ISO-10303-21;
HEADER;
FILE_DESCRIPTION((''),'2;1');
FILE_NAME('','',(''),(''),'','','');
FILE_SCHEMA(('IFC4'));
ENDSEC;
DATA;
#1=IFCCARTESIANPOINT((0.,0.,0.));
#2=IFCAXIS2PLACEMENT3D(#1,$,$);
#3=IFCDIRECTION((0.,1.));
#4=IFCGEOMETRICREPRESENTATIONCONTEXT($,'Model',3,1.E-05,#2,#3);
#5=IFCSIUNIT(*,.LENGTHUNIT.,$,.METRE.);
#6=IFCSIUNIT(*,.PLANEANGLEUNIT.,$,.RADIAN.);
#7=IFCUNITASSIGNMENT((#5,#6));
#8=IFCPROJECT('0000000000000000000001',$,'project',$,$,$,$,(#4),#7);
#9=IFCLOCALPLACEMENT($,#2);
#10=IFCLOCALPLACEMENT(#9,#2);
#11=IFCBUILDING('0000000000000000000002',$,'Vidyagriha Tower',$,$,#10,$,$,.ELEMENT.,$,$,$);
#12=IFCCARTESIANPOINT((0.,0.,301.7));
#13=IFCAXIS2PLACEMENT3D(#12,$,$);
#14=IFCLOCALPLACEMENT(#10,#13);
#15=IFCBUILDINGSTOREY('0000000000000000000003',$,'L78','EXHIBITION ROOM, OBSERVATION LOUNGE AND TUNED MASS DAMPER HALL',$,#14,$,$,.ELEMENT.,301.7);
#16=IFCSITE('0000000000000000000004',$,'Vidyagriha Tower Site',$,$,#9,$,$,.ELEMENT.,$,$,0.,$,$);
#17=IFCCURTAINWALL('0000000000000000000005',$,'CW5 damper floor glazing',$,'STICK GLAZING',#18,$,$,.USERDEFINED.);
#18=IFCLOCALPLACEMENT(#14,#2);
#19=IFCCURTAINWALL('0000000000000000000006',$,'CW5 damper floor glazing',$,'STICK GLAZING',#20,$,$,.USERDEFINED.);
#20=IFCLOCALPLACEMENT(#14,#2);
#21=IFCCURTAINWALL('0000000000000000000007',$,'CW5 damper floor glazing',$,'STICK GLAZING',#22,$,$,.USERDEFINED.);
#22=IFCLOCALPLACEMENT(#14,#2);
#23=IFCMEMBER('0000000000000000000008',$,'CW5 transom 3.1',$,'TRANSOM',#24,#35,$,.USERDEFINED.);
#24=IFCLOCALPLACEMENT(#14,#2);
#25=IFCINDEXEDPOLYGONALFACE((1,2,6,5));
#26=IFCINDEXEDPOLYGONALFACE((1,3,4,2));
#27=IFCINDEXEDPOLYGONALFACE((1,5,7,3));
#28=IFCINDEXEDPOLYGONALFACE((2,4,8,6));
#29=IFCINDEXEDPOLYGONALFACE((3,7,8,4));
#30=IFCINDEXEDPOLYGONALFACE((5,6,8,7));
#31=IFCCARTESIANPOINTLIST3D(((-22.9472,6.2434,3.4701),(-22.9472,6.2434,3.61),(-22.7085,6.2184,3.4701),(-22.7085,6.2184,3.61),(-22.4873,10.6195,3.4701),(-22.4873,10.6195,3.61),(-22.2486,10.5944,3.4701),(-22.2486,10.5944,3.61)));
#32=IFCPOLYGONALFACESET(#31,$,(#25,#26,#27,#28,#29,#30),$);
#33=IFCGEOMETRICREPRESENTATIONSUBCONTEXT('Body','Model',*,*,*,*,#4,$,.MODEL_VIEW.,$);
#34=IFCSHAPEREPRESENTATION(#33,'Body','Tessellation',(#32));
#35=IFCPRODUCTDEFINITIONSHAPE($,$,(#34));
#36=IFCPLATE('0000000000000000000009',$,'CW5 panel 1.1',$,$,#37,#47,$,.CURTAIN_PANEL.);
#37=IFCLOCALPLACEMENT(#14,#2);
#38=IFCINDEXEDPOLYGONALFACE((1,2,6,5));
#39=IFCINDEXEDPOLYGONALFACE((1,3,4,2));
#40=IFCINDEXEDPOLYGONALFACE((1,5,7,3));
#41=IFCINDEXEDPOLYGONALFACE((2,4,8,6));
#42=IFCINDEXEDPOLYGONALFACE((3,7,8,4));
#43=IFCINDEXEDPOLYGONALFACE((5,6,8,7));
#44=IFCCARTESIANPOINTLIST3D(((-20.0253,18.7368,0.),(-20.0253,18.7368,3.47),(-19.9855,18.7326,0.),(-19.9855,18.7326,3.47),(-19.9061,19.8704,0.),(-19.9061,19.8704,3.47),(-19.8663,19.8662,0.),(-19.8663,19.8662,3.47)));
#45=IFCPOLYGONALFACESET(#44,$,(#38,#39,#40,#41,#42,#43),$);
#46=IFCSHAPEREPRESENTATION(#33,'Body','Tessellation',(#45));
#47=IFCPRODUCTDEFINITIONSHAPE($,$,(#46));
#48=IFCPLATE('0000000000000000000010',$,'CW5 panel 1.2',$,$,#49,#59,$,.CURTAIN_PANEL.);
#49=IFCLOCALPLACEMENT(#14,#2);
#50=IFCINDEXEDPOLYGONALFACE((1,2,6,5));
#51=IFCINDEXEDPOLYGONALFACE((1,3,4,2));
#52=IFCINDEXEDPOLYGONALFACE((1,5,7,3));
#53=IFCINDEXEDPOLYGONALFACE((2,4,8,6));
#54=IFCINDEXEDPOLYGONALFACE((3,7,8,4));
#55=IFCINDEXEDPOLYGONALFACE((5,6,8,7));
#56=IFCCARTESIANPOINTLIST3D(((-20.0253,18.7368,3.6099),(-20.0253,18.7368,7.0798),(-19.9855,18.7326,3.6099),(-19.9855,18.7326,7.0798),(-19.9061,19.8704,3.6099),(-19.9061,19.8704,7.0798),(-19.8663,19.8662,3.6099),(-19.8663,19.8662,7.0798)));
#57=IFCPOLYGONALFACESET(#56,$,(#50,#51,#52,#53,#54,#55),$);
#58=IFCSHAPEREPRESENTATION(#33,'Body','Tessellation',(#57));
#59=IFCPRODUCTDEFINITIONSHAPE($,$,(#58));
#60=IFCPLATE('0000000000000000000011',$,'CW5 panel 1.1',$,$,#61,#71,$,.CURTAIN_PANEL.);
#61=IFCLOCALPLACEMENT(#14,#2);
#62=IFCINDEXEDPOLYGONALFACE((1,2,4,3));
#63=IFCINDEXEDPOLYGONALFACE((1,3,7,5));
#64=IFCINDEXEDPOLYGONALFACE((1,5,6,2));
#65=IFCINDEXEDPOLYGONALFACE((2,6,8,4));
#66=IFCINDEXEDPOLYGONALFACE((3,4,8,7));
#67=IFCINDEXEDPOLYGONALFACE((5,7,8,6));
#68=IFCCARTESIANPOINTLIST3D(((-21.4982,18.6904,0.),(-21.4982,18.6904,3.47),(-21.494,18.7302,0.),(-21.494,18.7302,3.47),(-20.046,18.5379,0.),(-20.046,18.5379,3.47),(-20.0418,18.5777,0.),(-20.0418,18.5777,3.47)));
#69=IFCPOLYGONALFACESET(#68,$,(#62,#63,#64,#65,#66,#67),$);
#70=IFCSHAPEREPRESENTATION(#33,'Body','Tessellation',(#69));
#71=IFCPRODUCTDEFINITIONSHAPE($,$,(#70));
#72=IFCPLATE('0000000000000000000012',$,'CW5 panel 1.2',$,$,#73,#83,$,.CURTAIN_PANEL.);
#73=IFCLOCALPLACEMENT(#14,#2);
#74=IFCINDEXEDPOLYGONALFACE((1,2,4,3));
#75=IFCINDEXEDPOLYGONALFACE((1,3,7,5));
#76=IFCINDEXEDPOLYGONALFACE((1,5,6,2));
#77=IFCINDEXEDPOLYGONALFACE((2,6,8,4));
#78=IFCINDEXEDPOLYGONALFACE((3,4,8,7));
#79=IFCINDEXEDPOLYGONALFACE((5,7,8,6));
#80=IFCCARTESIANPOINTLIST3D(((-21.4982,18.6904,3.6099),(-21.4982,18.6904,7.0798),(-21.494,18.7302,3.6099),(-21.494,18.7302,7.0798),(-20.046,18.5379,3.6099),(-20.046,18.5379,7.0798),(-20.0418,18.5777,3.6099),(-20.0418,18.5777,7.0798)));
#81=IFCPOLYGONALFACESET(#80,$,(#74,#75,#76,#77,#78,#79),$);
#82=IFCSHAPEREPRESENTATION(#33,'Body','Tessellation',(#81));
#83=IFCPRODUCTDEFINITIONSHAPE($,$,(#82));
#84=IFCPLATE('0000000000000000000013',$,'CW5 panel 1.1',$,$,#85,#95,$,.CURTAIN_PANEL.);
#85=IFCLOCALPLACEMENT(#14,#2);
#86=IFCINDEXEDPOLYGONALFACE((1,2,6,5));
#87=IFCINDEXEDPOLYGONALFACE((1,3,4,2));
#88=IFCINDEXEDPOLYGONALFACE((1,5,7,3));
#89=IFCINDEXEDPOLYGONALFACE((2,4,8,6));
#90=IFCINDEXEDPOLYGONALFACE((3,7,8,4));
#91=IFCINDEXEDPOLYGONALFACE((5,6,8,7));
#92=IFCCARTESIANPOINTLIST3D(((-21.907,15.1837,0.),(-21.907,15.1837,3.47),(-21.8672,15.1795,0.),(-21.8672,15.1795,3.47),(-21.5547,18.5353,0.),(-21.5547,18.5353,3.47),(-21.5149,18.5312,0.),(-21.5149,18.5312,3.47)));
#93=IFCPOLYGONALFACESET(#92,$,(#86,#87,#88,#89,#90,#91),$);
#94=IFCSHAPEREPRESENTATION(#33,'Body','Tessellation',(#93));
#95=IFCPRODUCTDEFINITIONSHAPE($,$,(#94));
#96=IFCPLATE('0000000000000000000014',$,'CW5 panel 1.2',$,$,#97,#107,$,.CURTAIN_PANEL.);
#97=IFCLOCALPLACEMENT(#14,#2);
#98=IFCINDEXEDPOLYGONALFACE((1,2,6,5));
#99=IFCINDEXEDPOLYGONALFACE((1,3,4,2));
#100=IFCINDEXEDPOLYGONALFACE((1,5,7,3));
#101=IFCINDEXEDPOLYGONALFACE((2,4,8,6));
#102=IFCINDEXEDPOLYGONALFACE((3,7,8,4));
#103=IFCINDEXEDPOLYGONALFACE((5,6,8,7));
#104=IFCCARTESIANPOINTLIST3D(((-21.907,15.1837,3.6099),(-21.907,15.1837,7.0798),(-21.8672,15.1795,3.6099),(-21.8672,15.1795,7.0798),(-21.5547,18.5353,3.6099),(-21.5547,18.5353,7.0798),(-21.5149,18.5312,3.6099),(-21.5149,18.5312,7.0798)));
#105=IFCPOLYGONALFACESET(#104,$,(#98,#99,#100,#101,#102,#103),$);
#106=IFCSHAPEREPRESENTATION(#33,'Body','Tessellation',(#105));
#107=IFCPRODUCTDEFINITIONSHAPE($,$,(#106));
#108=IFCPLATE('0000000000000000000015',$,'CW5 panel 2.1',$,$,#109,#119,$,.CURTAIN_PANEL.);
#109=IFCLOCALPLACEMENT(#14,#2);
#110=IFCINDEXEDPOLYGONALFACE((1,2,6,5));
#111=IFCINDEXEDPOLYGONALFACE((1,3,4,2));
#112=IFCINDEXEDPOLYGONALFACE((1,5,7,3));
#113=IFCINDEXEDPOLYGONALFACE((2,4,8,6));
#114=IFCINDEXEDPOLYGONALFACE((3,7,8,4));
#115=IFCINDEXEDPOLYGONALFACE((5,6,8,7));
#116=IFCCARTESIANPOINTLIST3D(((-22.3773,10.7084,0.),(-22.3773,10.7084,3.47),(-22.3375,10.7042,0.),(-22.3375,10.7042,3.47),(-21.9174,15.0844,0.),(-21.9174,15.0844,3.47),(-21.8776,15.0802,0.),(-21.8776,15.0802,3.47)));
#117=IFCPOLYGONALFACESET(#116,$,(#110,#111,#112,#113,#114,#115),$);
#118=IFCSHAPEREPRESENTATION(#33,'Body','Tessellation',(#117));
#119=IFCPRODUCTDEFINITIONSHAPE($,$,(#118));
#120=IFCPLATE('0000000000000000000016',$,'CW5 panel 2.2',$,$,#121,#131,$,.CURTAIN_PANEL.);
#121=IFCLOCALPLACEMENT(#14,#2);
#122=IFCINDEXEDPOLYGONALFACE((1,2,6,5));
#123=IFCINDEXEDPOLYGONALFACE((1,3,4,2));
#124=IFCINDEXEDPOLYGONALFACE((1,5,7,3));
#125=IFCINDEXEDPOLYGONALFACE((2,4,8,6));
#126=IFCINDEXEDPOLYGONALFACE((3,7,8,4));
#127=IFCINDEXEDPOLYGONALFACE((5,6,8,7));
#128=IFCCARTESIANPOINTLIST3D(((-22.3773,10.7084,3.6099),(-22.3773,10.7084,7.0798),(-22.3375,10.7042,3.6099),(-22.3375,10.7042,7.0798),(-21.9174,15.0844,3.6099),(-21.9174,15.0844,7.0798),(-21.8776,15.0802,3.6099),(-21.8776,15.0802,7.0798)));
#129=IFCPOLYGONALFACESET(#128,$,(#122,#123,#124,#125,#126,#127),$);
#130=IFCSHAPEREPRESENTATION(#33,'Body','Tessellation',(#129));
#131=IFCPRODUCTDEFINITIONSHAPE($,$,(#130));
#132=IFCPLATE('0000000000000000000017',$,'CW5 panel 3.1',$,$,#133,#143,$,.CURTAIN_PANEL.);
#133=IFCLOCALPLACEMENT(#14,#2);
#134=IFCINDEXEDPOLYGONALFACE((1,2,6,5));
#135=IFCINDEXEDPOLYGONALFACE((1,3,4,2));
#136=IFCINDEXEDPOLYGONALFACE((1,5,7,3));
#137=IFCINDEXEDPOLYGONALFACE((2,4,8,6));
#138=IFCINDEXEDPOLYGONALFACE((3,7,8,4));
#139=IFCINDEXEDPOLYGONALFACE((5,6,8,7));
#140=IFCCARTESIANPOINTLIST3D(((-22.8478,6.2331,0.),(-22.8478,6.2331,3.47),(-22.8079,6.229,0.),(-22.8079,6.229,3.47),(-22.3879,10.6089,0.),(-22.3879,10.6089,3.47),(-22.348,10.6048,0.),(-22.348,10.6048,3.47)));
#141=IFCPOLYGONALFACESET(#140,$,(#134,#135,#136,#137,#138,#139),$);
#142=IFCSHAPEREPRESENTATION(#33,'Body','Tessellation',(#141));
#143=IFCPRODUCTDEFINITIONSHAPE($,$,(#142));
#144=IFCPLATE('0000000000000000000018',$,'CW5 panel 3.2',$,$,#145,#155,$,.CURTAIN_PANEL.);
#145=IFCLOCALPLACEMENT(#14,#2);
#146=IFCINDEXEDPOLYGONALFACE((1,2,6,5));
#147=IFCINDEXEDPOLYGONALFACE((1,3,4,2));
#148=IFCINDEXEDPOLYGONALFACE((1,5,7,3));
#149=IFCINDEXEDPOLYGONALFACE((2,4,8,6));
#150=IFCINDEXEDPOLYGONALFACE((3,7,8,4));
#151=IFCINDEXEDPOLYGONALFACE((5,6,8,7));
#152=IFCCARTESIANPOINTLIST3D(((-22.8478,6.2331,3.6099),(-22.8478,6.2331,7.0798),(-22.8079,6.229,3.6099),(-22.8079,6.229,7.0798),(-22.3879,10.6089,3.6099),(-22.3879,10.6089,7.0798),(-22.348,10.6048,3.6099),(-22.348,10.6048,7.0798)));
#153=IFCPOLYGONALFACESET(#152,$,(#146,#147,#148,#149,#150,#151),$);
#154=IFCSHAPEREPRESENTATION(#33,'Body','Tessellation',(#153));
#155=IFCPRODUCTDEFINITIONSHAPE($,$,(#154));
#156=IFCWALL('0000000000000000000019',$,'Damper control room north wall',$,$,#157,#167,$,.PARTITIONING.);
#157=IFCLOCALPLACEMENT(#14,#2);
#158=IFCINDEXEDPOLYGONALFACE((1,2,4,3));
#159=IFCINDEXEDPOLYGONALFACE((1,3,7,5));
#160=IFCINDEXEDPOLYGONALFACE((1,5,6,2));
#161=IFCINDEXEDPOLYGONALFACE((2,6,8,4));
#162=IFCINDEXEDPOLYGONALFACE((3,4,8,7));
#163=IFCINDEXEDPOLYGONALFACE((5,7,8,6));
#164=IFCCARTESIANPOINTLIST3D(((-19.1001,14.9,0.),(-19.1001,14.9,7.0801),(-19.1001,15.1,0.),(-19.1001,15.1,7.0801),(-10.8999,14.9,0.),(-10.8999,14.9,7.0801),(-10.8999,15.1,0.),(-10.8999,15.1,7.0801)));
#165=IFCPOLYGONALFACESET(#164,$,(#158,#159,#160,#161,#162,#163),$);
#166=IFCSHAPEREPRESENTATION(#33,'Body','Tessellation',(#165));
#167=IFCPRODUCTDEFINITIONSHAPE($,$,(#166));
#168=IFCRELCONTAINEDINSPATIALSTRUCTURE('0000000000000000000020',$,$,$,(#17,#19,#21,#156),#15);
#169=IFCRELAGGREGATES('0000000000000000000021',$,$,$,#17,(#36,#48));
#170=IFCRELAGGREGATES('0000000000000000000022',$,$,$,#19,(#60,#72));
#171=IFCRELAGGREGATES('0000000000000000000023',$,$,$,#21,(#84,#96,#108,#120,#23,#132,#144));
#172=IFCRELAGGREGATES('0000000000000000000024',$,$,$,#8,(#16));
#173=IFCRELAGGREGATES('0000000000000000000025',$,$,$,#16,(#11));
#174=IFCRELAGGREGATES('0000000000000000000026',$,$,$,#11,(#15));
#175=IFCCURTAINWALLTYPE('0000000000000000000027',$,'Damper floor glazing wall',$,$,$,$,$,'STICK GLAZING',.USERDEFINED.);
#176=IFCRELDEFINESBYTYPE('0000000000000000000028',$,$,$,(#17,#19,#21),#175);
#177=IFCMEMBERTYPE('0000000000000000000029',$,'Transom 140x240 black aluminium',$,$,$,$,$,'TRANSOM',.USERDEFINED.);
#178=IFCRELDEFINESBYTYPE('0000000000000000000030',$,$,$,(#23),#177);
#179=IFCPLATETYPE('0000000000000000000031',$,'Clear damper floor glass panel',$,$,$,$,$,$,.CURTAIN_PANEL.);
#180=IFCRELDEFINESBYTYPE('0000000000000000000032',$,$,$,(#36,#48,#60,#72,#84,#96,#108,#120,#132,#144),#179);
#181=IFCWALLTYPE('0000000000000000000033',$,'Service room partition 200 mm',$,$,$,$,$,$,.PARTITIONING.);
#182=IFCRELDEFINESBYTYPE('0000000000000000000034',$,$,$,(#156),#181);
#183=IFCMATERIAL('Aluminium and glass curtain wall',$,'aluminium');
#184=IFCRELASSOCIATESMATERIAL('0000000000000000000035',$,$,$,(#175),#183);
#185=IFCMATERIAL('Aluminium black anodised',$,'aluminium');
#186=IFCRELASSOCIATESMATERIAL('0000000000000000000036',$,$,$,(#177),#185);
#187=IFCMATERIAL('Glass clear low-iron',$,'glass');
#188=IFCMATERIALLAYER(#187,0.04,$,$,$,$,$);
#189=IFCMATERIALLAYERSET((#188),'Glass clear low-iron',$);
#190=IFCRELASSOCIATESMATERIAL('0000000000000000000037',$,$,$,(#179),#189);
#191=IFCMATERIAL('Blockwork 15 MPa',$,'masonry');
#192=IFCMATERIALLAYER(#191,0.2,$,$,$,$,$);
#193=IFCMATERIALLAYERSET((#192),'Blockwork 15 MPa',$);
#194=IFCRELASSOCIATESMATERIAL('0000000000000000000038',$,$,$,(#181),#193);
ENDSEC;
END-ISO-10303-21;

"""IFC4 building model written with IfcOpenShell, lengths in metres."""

from ifc_helpers import new_model, si_unit, direction, frame, frame_2d, origin, origin_2d, place, context, subcontext, project, spatial, rectangle, extrude, material, layer, layer_set, material_profile, profile_set, type_object, element, aggregate, save


model = new_model("IFC4")

# Units and contexts
model_context = context("Model", 3, precision=1e-05, world=origin(), true_north=direction((0.0, 1.0)))
body_context = subcontext(model_context, "Body", "Model", "MODEL_VIEW")
ifc_project = project(units=[si_unit("LENGTHUNIT", "METRE"), si_unit("PLANEANGLEUNIT", "RADIAN")], contexts=[model_context])

# Site, building, storey
site_placement = place(None, origin())
site = spatial("IfcSite", under=ifc_project, at=site_placement, Name="Vidyagriha Tower Site", CompositionType="ELEMENT", RefElevation=0.0)
building_placement = place(site_placement, origin())
building = spatial("IfcBuilding", under=site, at=building_placement, Name="Vidyagriha Tower", CompositionType="ELEMENT")
storey_placement = place(building_placement, frame((0.0, 0.0, 301.7)))
storey = spatial("IfcBuildingStorey", under=building, at=storey_placement, Name="L78", Description="EXHIBITION ROOM, OBSERVATION LOUNGE AND TUNED MASS DAMPER HALL", CompositionType="ELEMENT", Elevation=301.7)

# Curtain wall
ifc_material_1 = material(Name="Aluminium and glass curtain wall", Category="aluminium")
curtain_wall_type = type_object("IfcCurtainWallType", Name="Damper floor glazing wall", ElementType="STICK GLAZING", PredefinedType="USERDEFINED", material=ifc_material_1)
curtain_wall_1_placement = place(storey_placement, origin())
curtain_wall_1 = element("IfcCurtainWall", 1, at=curtain_wall_1_placement, inside=storey, type_object=curtain_wall_type, Name="CW5 damper floor glazing", ObjectType="STICK GLAZING", PredefinedType="USERDEFINED")

# Curtain walls
curtain_wall_2_placement = place(storey_placement, origin())
curtain_wall_2 = element("IfcCurtainWall", 2, at=curtain_wall_2_placement, inside=storey, type_object=curtain_wall_type, Name="CW5 damper floor glazing", ObjectType="STICK GLAZING", PredefinedType="USERDEFINED")
curtain_wall_3_placement = place(storey_placement, origin())
curtain_wall_3 = element("IfcCurtainWall", 3, at=curtain_wall_3_placement, inside=storey, type_object=curtain_wall_type, Name="CW5 damper floor glazing", ObjectType="STICK GLAZING", PredefinedType="USERDEFINED")

# Member
ifc_material_2 = material(Name="Aluminium black anodised", Category="aluminium")
ifc_material_profile_1 = material_profile(ifc_material_2, rectangle(XDim=0.24, YDim=0.1399, at=origin_2d()), Name="Transom 140x240 black aluminium")
ifc_profile_set_1 = profile_set([ifc_material_profile_1], Name="Aluminium black anodised")
member_type_1 = type_object("IfcMemberType", Name="Transom 140x240 black aluminium", ElementType="TRANSOM", PredefinedType="USERDEFINED", material=ifc_profile_set_1)
member_1_placement = place(storey_placement, frame((-22.3679, 10.6069, 3.54), z_axis=(-0.104535, -0.994521, 0.0), x_axis=(0.994521, -0.104535, 0.0)))
member_1 = element("IfcMember", 4, at=member_1_placement, type_object=member_type_1, Name="CW5 transom 3.1", ObjectType="TRANSOM", PredefinedType="USERDEFINED", context=body_context, shape_type="SweptSolid", body=[
    extrude(rectangle(XDim=0.24, YDim=0.1399, at=origin_2d()), origin(), (0.0, 0.0, 1.0), 4.4001),
])

# Plates
ifc_material_3 = material(Name="Glass clear low-iron", Category="glass")
ifc_layer_1 = layer(ifc_material_3, 0.04)
ifc_layer_set_1 = layer_set([ifc_layer_1], Name="Glass clear low-iron")
plate_type = type_object("IfcPlateType", Name="Clear damper floor glass panel", PredefinedType="CURTAIN_PANEL", material=ifc_layer_set_1)
plate_1_placement = place(storey_placement, frame((-19.9458, 19.3015, 0.0), z_axis=(0.0, 0.0, 1.0), x_axis=(-0.104564, -0.994518, 0.0)))
plate_1 = element("IfcPlate", 5, at=plate_1_placement, type_object=plate_type, Name="CW5 panel 1.1", PredefinedType="CURTAIN_PANEL", context=body_context, shape_type="SweptSolid", body=[
    extrude(rectangle(XDim=1.1399, YDim=0.04, at=origin_2d()), origin(), (0.0, 0.0, 1.0), 3.47),
])
plate_2_placement = place(storey_placement, frame((-19.9458, 19.3015, 3.6099), z_axis=(0.0, 0.0, 1.0), x_axis=(-0.104564, -0.994518, 0.0)))
plate_2 = element("IfcPlate", 6, at=plate_2_placement, type_object=plate_type, Name="CW5 panel 1.2", PredefinedType="CURTAIN_PANEL", context=body_context, shape_type="SweptSolid", body=[
    extrude(rectangle(XDim=1.1399, YDim=0.04, at=origin_2d()), origin(), (0.0, 0.0, 1.0), 3.47),
])
aggregate(curtain_wall_1, [plate_1, plate_2])
plate_3_placement = place(storey_placement, frame((-20.77, 18.634, 0.0), z_axis=(0.0, 0.0, 1.0), x_axis=(-0.99453, 0.104453, 0.0)))
plate_3 = element("IfcPlate", 7, at=plate_3_placement, type_object=plate_type, Name="CW5 panel 1.1", PredefinedType="CURTAIN_PANEL", context=body_context, shape_type="SweptSolid", body=[
    extrude(rectangle(XDim=1.4602, YDim=0.04, at=origin_2d()), origin(), (0.0, 0.0, 1.0), 3.47),
])
plate_4_placement = place(storey_placement, frame((-20.77, 18.634, 3.6099), z_axis=(0.0, 0.0, 1.0), x_axis=(-0.99453, 0.104453, 0.0)))
plate_4 = element("IfcPlate", 8, at=plate_4_placement, type_object=plate_type, Name="CW5 panel 1.2", PredefinedType="CURTAIN_PANEL", context=body_context, shape_type="SweptSolid", body=[
    extrude(rectangle(XDim=1.4602, YDim=0.04, at=origin_2d()), origin(), (0.0, 0.0, 1.0), 3.47),
])
aggregate(curtain_wall_2, [plate_3, plate_4])
plate_5_placement = place(storey_placement, frame((-21.7109, 16.8574, 0.0), z_axis=(0.0, 0.0, 1.0), x_axis=(-0.104527, -0.994522, 0.0)))
plate_5 = element("IfcPlate", 9, at=plate_5_placement, type_object=plate_type, Name="CW5 panel 1.1", PredefinedType="CURTAIN_PANEL", context=body_context, shape_type="SweptSolid", body=[
    extrude(rectangle(XDim=3.3701, YDim=0.04, at=origin_2d()), origin(), (0.0, 0.0, 1.0), 3.47),
])
plate_6_placement = place(storey_placement, frame((-21.7109, 16.8574, 3.6099), z_axis=(0.0, 0.0, 1.0), x_axis=(-0.104527, -0.994522, 0.0)))
plate_6 = element("IfcPlate", 10, at=plate_6_placement, type_object=plate_type, Name="CW5 panel 1.2", PredefinedType="CURTAIN_PANEL", context=body_context, shape_type="SweptSolid", body=[
    extrude(rectangle(XDim=3.3701, YDim=0.04, at=origin_2d()), origin(), (0.0, 0.0, 1.0), 3.47),
])
plate_7_placement = place(storey_placement, frame((-22.1274, 12.8943, 0.0), z_axis=(0.0, 0.0, 1.0), x_axis=(-0.104527, -0.994522, 0.0)))
plate_7 = element("IfcPlate", 11, at=plate_7_placement, type_object=plate_type, Name="CW5 panel 2.1", PredefinedType="CURTAIN_PANEL", context=body_context, shape_type="SweptSolid", body=[
    extrude(rectangle(XDim=4.4001, YDim=0.04, at=origin_2d()), origin(), (0.0, 0.0, 1.0), 3.47),
])
plate_8_placement = place(storey_placement, frame((-22.1274, 12.8943, 3.6099), z_axis=(0.0, 0.0, 1.0), x_axis=(-0.104527, -0.994522, 0.0)))
plate_8 = element("IfcPlate", 12, at=plate_8_placement, type_object=plate_type, Name="CW5 panel 2.2", PredefinedType="CURTAIN_PANEL", context=body_context, shape_type="SweptSolid", body=[
    extrude(rectangle(XDim=4.4001, YDim=0.04, at=origin_2d()), origin(), (0.0, 0.0, 1.0), 3.47),
])
plate_9_placement = place(storey_placement, frame((-22.5979, 8.4189, 0.0), z_axis=(0.0, 0.0, 1.0), x_axis=(-0.104527, -0.994522, 0.0)))
plate_9 = element("IfcPlate", 13, at=plate_9_placement, type_object=plate_type, Name="CW5 panel 3.1", PredefinedType="CURTAIN_PANEL", context=body_context, shape_type="SweptSolid", body=[
    extrude(rectangle(XDim=4.3999, YDim=0.04, at=origin_2d()), origin(), (0.0, 0.0, 1.0), 3.47),
])
plate_10_placement = place(storey_placement, frame((-22.5979, 8.4189, 3.6099), z_axis=(0.0, 0.0, 1.0), x_axis=(-0.104527, -0.994522, 0.0)))
plate_10 = element("IfcPlate", 14, at=plate_10_placement, type_object=plate_type, Name="CW5 panel 3.2", PredefinedType="CURTAIN_PANEL", context=body_context, shape_type="SweptSolid", body=[
    extrude(rectangle(XDim=4.3999, YDim=0.04, at=origin_2d()), origin(), (0.0, 0.0, 1.0), 3.47),
])
aggregate(curtain_wall_3, [plate_5, plate_6, plate_7, plate_8, member_1, plate_9, plate_10])

# Wall
ifc_material_4 = material(Name="Blockwork 15 MPa", Category="masonry")
ifc_layer_2 = layer(ifc_material_4, 0.2)
ifc_layer_set_2 = layer_set([ifc_layer_2], Name="Blockwork 15 MPa")
wall_type = type_object("IfcWallType", Name="Service room partition 200 mm", PredefinedType="PARTITIONING", material=ifc_layer_set_2)
wall_placement = place(storey_placement, frame((-19.1001, 15.0, 0.0)))
element("IfcWall", 15, at=wall_placement, inside=storey, type_object=wall_type, Name="Damper control room north wall", PredefinedType="PARTITIONING", context=body_context, shape_type="SweptSolid", body=[
    extrude(rectangle(XDim=8.2002, YDim=0.2, at=frame_2d((4.1001, 0.0))), origin(), (0.0, 0.0, 1.0), 7.0801),
])

save(model, "model.ifc")
